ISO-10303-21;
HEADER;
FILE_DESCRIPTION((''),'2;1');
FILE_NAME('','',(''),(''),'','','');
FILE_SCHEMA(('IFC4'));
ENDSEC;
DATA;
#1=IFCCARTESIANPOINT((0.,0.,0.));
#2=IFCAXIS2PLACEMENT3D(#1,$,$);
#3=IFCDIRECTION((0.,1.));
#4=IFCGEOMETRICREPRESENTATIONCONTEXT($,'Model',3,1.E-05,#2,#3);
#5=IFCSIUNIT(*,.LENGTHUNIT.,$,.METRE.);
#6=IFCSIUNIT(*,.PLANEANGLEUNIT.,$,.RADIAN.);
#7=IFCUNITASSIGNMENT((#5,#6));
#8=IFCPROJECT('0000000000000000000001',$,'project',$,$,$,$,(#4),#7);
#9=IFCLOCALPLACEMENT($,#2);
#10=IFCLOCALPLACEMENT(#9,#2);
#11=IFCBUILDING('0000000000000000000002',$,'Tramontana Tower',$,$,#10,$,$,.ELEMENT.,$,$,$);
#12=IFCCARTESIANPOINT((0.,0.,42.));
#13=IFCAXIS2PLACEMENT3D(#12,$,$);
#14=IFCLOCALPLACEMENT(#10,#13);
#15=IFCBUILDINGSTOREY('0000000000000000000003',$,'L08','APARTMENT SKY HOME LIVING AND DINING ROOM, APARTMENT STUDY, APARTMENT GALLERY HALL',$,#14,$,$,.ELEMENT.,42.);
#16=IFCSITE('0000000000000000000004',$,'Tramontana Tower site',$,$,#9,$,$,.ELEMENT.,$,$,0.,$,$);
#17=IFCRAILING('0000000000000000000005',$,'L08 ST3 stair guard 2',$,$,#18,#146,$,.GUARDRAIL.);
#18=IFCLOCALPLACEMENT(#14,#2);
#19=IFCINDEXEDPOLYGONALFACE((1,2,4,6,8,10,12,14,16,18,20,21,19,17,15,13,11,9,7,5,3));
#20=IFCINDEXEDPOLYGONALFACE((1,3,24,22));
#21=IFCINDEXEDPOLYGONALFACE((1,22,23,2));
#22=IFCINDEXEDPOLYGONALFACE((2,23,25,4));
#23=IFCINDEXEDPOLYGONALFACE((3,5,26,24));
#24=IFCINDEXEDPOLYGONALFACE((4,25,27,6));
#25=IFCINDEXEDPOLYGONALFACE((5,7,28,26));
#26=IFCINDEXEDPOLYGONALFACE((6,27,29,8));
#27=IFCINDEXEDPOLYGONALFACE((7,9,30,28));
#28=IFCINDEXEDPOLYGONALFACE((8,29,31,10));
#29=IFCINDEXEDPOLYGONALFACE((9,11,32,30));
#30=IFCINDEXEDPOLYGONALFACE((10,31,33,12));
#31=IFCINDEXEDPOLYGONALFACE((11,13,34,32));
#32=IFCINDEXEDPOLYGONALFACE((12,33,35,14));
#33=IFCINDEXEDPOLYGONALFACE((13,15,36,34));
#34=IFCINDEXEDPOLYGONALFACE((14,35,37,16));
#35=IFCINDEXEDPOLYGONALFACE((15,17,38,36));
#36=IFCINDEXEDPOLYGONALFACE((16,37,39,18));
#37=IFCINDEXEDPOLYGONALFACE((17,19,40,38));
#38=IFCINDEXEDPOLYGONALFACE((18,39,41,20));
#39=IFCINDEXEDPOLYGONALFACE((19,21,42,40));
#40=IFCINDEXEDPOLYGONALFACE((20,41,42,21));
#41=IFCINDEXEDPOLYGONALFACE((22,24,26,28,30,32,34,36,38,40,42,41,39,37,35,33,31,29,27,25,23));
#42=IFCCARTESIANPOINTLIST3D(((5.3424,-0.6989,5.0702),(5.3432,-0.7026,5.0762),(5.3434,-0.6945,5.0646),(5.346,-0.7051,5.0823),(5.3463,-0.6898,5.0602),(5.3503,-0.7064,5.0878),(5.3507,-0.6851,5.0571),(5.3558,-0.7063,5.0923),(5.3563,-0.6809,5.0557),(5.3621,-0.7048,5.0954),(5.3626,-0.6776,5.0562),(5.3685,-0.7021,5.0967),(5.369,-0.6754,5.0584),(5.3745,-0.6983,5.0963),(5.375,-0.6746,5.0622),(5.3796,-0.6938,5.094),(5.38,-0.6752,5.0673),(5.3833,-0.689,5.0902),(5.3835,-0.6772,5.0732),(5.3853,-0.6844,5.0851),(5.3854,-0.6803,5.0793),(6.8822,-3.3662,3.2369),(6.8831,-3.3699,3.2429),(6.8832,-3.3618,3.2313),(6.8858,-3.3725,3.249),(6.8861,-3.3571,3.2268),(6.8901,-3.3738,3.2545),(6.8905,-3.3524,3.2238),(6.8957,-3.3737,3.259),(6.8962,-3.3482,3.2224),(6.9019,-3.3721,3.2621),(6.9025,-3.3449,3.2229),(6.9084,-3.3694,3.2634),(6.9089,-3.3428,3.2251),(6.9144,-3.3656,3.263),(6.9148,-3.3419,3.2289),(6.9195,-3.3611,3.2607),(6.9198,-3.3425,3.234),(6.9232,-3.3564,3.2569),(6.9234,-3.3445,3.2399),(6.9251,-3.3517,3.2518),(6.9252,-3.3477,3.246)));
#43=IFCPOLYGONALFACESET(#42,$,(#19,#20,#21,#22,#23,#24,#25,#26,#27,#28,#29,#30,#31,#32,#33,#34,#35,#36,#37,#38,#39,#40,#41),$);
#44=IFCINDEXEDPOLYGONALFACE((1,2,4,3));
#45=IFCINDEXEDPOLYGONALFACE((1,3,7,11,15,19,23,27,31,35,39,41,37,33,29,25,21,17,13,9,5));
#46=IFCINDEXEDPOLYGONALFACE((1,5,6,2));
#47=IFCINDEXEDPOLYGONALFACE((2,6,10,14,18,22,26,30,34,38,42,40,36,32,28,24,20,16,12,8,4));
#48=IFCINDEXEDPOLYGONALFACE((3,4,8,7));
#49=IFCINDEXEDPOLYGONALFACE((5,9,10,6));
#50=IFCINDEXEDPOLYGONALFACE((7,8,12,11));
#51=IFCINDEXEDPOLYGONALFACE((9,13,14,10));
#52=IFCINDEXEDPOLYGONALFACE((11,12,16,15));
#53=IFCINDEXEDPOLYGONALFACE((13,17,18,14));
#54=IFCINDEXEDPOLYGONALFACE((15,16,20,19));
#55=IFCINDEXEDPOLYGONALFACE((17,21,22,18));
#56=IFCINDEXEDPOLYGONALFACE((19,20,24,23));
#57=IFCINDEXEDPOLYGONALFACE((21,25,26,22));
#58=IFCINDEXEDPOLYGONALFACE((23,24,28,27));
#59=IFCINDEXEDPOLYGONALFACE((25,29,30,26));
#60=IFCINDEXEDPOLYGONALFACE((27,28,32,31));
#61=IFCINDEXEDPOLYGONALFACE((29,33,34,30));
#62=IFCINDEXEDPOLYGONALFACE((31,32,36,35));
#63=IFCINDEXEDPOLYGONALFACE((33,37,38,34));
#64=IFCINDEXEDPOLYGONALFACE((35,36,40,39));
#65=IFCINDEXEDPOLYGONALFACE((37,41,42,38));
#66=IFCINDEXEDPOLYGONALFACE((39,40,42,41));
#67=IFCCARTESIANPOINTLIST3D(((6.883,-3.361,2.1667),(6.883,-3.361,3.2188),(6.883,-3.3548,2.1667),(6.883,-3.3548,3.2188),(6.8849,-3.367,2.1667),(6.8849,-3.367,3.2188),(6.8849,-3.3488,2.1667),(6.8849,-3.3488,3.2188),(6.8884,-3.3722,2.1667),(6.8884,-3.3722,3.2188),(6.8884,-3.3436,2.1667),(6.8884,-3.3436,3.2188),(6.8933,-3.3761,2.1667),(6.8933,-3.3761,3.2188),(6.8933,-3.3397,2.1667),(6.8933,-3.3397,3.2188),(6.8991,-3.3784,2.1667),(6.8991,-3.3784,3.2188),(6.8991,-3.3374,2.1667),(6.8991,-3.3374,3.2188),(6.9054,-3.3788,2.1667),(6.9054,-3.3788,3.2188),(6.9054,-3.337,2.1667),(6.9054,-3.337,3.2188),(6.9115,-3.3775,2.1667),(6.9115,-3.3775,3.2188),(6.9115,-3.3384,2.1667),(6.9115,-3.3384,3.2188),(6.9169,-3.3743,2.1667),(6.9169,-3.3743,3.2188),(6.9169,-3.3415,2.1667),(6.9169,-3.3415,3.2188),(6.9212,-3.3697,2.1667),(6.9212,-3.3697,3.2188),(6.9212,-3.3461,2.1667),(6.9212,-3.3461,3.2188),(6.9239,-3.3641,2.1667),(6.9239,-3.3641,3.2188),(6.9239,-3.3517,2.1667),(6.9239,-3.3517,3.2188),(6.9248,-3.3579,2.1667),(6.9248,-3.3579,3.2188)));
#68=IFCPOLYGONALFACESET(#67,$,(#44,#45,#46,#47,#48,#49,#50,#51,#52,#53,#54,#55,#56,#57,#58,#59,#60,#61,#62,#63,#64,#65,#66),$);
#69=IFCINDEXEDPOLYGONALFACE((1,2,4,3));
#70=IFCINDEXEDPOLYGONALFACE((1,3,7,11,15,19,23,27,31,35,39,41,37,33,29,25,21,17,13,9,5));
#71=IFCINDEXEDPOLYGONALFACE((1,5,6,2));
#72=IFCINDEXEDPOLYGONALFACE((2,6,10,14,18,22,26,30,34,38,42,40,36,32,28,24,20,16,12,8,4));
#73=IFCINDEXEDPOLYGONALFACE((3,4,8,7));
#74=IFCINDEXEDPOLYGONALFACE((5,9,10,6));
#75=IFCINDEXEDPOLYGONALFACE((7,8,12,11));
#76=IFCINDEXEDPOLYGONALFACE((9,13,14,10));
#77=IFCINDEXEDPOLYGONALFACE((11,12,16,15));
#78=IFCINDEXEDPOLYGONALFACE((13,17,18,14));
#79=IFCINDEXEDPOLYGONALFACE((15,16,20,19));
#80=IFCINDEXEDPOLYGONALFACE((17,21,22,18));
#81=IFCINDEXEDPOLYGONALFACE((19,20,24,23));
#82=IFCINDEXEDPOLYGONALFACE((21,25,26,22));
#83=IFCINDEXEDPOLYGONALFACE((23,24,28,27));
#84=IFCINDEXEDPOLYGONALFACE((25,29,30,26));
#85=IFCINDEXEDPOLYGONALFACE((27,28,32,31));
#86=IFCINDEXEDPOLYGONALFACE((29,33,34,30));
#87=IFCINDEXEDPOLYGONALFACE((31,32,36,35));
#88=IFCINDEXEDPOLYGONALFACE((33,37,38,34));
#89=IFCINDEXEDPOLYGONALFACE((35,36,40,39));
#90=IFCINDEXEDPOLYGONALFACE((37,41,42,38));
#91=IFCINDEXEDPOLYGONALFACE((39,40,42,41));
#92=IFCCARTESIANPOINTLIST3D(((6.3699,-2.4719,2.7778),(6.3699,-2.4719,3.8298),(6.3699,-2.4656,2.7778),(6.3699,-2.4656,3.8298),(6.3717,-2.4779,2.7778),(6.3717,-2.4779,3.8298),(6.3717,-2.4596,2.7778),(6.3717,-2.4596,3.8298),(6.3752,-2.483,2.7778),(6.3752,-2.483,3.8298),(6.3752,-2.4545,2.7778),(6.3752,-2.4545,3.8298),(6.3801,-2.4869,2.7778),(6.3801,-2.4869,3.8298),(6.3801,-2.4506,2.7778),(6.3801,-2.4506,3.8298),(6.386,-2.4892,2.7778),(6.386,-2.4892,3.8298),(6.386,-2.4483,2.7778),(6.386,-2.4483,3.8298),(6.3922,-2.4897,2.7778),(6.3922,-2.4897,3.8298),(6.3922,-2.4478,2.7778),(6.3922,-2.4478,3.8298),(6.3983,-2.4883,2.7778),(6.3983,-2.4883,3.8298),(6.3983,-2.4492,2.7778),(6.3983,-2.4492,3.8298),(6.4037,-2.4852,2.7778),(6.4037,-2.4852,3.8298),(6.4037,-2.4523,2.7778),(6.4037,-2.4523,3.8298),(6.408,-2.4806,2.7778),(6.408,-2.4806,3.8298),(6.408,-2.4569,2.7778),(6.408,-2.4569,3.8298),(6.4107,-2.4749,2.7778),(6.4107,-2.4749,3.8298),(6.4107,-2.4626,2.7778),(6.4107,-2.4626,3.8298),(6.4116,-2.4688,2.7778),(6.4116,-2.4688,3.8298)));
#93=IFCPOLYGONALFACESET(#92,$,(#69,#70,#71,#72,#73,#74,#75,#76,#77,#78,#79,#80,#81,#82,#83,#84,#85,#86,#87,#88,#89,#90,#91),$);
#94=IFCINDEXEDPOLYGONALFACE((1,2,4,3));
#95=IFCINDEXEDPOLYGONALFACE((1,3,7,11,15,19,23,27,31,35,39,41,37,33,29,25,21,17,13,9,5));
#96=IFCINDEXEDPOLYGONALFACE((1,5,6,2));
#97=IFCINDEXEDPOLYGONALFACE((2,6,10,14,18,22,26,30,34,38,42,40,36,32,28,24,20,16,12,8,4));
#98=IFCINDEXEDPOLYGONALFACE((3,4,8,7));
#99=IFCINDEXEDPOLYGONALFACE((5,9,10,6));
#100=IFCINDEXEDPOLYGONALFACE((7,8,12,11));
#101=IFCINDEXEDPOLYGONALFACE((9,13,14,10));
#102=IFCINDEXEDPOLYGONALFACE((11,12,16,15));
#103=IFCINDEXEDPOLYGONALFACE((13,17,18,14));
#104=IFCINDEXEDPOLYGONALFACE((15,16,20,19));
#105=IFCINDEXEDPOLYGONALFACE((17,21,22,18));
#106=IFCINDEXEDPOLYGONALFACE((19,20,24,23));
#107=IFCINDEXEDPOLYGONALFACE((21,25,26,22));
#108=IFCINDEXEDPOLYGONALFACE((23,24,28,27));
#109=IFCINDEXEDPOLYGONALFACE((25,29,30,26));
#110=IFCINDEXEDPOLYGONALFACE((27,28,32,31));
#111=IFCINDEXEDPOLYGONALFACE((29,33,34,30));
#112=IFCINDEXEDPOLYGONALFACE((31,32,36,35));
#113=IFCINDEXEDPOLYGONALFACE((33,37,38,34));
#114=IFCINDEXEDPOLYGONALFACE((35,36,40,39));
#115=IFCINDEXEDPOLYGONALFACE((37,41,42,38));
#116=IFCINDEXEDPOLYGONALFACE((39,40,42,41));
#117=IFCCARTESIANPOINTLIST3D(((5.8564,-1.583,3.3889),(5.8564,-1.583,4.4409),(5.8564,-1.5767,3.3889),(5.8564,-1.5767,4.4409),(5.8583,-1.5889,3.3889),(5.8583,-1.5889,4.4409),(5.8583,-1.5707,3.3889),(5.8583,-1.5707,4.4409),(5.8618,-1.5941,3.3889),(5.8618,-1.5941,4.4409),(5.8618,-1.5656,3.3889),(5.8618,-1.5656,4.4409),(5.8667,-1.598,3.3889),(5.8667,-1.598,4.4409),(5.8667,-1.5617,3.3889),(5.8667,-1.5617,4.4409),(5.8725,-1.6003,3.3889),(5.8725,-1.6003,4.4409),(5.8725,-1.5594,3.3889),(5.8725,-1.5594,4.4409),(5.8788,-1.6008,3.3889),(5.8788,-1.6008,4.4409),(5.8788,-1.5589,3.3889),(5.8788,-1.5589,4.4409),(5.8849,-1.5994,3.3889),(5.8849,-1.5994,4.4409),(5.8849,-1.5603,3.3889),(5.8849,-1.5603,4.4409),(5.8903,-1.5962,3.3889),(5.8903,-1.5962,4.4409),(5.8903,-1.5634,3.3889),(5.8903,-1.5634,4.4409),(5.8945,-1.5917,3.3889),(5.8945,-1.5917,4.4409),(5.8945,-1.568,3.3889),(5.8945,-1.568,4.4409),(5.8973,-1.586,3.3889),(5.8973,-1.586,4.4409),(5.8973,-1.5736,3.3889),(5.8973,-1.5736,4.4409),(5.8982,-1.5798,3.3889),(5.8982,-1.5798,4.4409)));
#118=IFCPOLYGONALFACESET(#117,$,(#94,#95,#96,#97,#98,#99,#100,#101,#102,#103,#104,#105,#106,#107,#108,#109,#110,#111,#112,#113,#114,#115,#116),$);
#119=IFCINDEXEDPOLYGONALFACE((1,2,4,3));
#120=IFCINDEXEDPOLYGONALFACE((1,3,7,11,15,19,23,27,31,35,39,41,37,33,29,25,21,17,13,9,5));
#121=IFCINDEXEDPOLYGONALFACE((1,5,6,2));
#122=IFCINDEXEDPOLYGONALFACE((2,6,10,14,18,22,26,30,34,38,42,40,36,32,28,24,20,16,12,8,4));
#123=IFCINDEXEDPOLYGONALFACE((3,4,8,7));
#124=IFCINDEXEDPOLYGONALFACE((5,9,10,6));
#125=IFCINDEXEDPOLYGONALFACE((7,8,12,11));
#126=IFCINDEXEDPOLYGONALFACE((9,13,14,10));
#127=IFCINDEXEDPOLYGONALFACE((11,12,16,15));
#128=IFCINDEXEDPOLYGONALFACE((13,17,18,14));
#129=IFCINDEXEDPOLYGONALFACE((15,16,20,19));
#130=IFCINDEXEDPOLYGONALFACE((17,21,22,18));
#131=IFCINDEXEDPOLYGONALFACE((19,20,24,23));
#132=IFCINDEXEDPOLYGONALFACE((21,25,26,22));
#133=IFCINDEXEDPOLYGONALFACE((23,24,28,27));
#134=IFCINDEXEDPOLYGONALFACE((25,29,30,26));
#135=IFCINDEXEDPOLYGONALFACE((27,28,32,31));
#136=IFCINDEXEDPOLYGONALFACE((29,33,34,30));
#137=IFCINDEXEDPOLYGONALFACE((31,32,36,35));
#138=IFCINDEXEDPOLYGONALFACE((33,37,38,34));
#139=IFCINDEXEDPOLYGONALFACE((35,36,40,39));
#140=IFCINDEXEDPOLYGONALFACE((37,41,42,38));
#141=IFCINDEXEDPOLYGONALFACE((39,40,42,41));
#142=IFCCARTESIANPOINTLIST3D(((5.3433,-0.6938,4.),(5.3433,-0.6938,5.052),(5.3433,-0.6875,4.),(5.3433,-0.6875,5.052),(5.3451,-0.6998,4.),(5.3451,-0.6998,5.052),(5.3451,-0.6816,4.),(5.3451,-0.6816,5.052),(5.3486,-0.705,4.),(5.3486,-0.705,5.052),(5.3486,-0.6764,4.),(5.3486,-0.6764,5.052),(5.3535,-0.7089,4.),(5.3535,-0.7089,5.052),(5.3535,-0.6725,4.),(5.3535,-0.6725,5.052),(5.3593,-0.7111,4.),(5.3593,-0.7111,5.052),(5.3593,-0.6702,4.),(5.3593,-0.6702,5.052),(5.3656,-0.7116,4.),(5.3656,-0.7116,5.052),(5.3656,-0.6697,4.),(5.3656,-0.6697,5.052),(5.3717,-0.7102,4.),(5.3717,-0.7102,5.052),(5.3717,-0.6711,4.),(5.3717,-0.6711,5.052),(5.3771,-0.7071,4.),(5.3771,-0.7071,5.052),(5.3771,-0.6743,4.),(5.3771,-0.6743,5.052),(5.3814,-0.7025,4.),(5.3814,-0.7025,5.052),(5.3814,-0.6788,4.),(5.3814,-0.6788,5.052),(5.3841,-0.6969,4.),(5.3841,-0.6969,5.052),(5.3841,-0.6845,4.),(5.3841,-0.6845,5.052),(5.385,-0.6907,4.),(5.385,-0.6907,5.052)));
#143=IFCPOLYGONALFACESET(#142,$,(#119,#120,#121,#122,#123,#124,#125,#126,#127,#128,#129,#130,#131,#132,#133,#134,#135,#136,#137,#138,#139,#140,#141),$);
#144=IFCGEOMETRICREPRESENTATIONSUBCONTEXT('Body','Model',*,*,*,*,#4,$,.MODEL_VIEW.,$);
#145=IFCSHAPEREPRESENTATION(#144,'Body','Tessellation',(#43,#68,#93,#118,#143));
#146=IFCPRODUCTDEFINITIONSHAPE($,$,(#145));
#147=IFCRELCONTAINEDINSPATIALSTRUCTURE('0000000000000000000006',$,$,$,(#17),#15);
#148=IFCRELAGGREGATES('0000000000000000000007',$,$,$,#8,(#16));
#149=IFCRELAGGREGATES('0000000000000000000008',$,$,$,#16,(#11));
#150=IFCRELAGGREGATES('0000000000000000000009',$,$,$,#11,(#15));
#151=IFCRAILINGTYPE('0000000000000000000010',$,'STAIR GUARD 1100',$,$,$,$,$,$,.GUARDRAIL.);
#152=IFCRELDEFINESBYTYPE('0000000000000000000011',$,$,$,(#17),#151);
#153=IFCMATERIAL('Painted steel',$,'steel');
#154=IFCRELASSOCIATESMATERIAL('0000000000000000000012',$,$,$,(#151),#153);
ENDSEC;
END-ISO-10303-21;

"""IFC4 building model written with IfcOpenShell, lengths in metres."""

from ifc_helpers import new_model, si_unit, direction, frame, origin, origin_2d, place, context, subcontext, project, spatial, circle, extrude, material, type_object, element, save


model = new_model("IFC4")

# Units and contexts
model_context = context("Model", 3, precision=1e-05, world=origin(), true_north=direction((0.0, 1.0)))
body_context = subcontext(model_context, "Body", "Model", "MODEL_VIEW")
ifc_project = project(units=[si_unit("LENGTHUNIT", "METRE"), si_unit("PLANEANGLEUNIT", "RADIAN")], contexts=[model_context])

# Site, building, storey
site_placement = place(None, origin())
site = spatial("IfcSite", under=ifc_project, at=site_placement, Name="Tramontana Tower site", CompositionType="ELEMENT", RefElevation=0.0)
building_placement = place(site_placement, origin())
building = spatial("IfcBuilding", under=site, at=building_placement, Name="Tramontana Tower", CompositionType="ELEMENT")
storey_placement = place(building_placement, frame((0.0, 0.0, 42.0)))
storey = spatial("IfcBuildingStorey", under=building, at=storey_placement, Name="L08", Description="APARTMENT SKY HOME LIVING AND DINING ROOM, APARTMENT STUDY, APARTMENT GALLERY HALL", CompositionType="ELEMENT", Elevation=42.0)

# Railing
ifc_material_1 = material(Name="Painted steel", Category="steel")
railing_type_1 = type_object("IfcRailingType", Name="STAIR GUARD 1100", PredefinedType="GUARDRAIL", material=ifc_material_1)
railing_1_placement = place(storey_placement, frame((6.9038, -3.3579, 2.1667)))
element("IfcRailing", 1, at=railing_1_placement, inside=storey, type_object=railing_type_1, Name="L08 ST3 stair guard 2", PredefinedType="GUARDRAIL", context=body_context, shape_type="SweptSolid", body=[
    extrude(circle(Radius=0.0239, at=origin_2d()), frame((0.0, 0.0, 1.0762), z_axis=(-0.429616, 0.744181, 0.511493), x_axis=(-0.866044, -0.499967, 0.0)), (0.0, 0.0, 1.0), 3.5842),
    extrude(circle(Radius=0.021, at=origin_2d()), origin(), (0.0, 0.0, 1.0), 1.052),
    extrude(circle(Radius=0.021, at=origin_2d()), frame((-0.5132, 0.8892, 0.6111)), (0.0, 0.0, 1.0), 1.052),
    extrude(circle(Radius=0.021, at=origin_2d()), frame((-1.0266, 1.7781, 1.2222)), (0.0, 0.0, 1.0), 1.052),
    extrude(circle(Radius=0.021, at=origin_2d()), frame((-1.5398, 2.6672, 1.8333)), (0.0, 0.0, 1.0), 1.052),
])

save(model, "model.ifc")
